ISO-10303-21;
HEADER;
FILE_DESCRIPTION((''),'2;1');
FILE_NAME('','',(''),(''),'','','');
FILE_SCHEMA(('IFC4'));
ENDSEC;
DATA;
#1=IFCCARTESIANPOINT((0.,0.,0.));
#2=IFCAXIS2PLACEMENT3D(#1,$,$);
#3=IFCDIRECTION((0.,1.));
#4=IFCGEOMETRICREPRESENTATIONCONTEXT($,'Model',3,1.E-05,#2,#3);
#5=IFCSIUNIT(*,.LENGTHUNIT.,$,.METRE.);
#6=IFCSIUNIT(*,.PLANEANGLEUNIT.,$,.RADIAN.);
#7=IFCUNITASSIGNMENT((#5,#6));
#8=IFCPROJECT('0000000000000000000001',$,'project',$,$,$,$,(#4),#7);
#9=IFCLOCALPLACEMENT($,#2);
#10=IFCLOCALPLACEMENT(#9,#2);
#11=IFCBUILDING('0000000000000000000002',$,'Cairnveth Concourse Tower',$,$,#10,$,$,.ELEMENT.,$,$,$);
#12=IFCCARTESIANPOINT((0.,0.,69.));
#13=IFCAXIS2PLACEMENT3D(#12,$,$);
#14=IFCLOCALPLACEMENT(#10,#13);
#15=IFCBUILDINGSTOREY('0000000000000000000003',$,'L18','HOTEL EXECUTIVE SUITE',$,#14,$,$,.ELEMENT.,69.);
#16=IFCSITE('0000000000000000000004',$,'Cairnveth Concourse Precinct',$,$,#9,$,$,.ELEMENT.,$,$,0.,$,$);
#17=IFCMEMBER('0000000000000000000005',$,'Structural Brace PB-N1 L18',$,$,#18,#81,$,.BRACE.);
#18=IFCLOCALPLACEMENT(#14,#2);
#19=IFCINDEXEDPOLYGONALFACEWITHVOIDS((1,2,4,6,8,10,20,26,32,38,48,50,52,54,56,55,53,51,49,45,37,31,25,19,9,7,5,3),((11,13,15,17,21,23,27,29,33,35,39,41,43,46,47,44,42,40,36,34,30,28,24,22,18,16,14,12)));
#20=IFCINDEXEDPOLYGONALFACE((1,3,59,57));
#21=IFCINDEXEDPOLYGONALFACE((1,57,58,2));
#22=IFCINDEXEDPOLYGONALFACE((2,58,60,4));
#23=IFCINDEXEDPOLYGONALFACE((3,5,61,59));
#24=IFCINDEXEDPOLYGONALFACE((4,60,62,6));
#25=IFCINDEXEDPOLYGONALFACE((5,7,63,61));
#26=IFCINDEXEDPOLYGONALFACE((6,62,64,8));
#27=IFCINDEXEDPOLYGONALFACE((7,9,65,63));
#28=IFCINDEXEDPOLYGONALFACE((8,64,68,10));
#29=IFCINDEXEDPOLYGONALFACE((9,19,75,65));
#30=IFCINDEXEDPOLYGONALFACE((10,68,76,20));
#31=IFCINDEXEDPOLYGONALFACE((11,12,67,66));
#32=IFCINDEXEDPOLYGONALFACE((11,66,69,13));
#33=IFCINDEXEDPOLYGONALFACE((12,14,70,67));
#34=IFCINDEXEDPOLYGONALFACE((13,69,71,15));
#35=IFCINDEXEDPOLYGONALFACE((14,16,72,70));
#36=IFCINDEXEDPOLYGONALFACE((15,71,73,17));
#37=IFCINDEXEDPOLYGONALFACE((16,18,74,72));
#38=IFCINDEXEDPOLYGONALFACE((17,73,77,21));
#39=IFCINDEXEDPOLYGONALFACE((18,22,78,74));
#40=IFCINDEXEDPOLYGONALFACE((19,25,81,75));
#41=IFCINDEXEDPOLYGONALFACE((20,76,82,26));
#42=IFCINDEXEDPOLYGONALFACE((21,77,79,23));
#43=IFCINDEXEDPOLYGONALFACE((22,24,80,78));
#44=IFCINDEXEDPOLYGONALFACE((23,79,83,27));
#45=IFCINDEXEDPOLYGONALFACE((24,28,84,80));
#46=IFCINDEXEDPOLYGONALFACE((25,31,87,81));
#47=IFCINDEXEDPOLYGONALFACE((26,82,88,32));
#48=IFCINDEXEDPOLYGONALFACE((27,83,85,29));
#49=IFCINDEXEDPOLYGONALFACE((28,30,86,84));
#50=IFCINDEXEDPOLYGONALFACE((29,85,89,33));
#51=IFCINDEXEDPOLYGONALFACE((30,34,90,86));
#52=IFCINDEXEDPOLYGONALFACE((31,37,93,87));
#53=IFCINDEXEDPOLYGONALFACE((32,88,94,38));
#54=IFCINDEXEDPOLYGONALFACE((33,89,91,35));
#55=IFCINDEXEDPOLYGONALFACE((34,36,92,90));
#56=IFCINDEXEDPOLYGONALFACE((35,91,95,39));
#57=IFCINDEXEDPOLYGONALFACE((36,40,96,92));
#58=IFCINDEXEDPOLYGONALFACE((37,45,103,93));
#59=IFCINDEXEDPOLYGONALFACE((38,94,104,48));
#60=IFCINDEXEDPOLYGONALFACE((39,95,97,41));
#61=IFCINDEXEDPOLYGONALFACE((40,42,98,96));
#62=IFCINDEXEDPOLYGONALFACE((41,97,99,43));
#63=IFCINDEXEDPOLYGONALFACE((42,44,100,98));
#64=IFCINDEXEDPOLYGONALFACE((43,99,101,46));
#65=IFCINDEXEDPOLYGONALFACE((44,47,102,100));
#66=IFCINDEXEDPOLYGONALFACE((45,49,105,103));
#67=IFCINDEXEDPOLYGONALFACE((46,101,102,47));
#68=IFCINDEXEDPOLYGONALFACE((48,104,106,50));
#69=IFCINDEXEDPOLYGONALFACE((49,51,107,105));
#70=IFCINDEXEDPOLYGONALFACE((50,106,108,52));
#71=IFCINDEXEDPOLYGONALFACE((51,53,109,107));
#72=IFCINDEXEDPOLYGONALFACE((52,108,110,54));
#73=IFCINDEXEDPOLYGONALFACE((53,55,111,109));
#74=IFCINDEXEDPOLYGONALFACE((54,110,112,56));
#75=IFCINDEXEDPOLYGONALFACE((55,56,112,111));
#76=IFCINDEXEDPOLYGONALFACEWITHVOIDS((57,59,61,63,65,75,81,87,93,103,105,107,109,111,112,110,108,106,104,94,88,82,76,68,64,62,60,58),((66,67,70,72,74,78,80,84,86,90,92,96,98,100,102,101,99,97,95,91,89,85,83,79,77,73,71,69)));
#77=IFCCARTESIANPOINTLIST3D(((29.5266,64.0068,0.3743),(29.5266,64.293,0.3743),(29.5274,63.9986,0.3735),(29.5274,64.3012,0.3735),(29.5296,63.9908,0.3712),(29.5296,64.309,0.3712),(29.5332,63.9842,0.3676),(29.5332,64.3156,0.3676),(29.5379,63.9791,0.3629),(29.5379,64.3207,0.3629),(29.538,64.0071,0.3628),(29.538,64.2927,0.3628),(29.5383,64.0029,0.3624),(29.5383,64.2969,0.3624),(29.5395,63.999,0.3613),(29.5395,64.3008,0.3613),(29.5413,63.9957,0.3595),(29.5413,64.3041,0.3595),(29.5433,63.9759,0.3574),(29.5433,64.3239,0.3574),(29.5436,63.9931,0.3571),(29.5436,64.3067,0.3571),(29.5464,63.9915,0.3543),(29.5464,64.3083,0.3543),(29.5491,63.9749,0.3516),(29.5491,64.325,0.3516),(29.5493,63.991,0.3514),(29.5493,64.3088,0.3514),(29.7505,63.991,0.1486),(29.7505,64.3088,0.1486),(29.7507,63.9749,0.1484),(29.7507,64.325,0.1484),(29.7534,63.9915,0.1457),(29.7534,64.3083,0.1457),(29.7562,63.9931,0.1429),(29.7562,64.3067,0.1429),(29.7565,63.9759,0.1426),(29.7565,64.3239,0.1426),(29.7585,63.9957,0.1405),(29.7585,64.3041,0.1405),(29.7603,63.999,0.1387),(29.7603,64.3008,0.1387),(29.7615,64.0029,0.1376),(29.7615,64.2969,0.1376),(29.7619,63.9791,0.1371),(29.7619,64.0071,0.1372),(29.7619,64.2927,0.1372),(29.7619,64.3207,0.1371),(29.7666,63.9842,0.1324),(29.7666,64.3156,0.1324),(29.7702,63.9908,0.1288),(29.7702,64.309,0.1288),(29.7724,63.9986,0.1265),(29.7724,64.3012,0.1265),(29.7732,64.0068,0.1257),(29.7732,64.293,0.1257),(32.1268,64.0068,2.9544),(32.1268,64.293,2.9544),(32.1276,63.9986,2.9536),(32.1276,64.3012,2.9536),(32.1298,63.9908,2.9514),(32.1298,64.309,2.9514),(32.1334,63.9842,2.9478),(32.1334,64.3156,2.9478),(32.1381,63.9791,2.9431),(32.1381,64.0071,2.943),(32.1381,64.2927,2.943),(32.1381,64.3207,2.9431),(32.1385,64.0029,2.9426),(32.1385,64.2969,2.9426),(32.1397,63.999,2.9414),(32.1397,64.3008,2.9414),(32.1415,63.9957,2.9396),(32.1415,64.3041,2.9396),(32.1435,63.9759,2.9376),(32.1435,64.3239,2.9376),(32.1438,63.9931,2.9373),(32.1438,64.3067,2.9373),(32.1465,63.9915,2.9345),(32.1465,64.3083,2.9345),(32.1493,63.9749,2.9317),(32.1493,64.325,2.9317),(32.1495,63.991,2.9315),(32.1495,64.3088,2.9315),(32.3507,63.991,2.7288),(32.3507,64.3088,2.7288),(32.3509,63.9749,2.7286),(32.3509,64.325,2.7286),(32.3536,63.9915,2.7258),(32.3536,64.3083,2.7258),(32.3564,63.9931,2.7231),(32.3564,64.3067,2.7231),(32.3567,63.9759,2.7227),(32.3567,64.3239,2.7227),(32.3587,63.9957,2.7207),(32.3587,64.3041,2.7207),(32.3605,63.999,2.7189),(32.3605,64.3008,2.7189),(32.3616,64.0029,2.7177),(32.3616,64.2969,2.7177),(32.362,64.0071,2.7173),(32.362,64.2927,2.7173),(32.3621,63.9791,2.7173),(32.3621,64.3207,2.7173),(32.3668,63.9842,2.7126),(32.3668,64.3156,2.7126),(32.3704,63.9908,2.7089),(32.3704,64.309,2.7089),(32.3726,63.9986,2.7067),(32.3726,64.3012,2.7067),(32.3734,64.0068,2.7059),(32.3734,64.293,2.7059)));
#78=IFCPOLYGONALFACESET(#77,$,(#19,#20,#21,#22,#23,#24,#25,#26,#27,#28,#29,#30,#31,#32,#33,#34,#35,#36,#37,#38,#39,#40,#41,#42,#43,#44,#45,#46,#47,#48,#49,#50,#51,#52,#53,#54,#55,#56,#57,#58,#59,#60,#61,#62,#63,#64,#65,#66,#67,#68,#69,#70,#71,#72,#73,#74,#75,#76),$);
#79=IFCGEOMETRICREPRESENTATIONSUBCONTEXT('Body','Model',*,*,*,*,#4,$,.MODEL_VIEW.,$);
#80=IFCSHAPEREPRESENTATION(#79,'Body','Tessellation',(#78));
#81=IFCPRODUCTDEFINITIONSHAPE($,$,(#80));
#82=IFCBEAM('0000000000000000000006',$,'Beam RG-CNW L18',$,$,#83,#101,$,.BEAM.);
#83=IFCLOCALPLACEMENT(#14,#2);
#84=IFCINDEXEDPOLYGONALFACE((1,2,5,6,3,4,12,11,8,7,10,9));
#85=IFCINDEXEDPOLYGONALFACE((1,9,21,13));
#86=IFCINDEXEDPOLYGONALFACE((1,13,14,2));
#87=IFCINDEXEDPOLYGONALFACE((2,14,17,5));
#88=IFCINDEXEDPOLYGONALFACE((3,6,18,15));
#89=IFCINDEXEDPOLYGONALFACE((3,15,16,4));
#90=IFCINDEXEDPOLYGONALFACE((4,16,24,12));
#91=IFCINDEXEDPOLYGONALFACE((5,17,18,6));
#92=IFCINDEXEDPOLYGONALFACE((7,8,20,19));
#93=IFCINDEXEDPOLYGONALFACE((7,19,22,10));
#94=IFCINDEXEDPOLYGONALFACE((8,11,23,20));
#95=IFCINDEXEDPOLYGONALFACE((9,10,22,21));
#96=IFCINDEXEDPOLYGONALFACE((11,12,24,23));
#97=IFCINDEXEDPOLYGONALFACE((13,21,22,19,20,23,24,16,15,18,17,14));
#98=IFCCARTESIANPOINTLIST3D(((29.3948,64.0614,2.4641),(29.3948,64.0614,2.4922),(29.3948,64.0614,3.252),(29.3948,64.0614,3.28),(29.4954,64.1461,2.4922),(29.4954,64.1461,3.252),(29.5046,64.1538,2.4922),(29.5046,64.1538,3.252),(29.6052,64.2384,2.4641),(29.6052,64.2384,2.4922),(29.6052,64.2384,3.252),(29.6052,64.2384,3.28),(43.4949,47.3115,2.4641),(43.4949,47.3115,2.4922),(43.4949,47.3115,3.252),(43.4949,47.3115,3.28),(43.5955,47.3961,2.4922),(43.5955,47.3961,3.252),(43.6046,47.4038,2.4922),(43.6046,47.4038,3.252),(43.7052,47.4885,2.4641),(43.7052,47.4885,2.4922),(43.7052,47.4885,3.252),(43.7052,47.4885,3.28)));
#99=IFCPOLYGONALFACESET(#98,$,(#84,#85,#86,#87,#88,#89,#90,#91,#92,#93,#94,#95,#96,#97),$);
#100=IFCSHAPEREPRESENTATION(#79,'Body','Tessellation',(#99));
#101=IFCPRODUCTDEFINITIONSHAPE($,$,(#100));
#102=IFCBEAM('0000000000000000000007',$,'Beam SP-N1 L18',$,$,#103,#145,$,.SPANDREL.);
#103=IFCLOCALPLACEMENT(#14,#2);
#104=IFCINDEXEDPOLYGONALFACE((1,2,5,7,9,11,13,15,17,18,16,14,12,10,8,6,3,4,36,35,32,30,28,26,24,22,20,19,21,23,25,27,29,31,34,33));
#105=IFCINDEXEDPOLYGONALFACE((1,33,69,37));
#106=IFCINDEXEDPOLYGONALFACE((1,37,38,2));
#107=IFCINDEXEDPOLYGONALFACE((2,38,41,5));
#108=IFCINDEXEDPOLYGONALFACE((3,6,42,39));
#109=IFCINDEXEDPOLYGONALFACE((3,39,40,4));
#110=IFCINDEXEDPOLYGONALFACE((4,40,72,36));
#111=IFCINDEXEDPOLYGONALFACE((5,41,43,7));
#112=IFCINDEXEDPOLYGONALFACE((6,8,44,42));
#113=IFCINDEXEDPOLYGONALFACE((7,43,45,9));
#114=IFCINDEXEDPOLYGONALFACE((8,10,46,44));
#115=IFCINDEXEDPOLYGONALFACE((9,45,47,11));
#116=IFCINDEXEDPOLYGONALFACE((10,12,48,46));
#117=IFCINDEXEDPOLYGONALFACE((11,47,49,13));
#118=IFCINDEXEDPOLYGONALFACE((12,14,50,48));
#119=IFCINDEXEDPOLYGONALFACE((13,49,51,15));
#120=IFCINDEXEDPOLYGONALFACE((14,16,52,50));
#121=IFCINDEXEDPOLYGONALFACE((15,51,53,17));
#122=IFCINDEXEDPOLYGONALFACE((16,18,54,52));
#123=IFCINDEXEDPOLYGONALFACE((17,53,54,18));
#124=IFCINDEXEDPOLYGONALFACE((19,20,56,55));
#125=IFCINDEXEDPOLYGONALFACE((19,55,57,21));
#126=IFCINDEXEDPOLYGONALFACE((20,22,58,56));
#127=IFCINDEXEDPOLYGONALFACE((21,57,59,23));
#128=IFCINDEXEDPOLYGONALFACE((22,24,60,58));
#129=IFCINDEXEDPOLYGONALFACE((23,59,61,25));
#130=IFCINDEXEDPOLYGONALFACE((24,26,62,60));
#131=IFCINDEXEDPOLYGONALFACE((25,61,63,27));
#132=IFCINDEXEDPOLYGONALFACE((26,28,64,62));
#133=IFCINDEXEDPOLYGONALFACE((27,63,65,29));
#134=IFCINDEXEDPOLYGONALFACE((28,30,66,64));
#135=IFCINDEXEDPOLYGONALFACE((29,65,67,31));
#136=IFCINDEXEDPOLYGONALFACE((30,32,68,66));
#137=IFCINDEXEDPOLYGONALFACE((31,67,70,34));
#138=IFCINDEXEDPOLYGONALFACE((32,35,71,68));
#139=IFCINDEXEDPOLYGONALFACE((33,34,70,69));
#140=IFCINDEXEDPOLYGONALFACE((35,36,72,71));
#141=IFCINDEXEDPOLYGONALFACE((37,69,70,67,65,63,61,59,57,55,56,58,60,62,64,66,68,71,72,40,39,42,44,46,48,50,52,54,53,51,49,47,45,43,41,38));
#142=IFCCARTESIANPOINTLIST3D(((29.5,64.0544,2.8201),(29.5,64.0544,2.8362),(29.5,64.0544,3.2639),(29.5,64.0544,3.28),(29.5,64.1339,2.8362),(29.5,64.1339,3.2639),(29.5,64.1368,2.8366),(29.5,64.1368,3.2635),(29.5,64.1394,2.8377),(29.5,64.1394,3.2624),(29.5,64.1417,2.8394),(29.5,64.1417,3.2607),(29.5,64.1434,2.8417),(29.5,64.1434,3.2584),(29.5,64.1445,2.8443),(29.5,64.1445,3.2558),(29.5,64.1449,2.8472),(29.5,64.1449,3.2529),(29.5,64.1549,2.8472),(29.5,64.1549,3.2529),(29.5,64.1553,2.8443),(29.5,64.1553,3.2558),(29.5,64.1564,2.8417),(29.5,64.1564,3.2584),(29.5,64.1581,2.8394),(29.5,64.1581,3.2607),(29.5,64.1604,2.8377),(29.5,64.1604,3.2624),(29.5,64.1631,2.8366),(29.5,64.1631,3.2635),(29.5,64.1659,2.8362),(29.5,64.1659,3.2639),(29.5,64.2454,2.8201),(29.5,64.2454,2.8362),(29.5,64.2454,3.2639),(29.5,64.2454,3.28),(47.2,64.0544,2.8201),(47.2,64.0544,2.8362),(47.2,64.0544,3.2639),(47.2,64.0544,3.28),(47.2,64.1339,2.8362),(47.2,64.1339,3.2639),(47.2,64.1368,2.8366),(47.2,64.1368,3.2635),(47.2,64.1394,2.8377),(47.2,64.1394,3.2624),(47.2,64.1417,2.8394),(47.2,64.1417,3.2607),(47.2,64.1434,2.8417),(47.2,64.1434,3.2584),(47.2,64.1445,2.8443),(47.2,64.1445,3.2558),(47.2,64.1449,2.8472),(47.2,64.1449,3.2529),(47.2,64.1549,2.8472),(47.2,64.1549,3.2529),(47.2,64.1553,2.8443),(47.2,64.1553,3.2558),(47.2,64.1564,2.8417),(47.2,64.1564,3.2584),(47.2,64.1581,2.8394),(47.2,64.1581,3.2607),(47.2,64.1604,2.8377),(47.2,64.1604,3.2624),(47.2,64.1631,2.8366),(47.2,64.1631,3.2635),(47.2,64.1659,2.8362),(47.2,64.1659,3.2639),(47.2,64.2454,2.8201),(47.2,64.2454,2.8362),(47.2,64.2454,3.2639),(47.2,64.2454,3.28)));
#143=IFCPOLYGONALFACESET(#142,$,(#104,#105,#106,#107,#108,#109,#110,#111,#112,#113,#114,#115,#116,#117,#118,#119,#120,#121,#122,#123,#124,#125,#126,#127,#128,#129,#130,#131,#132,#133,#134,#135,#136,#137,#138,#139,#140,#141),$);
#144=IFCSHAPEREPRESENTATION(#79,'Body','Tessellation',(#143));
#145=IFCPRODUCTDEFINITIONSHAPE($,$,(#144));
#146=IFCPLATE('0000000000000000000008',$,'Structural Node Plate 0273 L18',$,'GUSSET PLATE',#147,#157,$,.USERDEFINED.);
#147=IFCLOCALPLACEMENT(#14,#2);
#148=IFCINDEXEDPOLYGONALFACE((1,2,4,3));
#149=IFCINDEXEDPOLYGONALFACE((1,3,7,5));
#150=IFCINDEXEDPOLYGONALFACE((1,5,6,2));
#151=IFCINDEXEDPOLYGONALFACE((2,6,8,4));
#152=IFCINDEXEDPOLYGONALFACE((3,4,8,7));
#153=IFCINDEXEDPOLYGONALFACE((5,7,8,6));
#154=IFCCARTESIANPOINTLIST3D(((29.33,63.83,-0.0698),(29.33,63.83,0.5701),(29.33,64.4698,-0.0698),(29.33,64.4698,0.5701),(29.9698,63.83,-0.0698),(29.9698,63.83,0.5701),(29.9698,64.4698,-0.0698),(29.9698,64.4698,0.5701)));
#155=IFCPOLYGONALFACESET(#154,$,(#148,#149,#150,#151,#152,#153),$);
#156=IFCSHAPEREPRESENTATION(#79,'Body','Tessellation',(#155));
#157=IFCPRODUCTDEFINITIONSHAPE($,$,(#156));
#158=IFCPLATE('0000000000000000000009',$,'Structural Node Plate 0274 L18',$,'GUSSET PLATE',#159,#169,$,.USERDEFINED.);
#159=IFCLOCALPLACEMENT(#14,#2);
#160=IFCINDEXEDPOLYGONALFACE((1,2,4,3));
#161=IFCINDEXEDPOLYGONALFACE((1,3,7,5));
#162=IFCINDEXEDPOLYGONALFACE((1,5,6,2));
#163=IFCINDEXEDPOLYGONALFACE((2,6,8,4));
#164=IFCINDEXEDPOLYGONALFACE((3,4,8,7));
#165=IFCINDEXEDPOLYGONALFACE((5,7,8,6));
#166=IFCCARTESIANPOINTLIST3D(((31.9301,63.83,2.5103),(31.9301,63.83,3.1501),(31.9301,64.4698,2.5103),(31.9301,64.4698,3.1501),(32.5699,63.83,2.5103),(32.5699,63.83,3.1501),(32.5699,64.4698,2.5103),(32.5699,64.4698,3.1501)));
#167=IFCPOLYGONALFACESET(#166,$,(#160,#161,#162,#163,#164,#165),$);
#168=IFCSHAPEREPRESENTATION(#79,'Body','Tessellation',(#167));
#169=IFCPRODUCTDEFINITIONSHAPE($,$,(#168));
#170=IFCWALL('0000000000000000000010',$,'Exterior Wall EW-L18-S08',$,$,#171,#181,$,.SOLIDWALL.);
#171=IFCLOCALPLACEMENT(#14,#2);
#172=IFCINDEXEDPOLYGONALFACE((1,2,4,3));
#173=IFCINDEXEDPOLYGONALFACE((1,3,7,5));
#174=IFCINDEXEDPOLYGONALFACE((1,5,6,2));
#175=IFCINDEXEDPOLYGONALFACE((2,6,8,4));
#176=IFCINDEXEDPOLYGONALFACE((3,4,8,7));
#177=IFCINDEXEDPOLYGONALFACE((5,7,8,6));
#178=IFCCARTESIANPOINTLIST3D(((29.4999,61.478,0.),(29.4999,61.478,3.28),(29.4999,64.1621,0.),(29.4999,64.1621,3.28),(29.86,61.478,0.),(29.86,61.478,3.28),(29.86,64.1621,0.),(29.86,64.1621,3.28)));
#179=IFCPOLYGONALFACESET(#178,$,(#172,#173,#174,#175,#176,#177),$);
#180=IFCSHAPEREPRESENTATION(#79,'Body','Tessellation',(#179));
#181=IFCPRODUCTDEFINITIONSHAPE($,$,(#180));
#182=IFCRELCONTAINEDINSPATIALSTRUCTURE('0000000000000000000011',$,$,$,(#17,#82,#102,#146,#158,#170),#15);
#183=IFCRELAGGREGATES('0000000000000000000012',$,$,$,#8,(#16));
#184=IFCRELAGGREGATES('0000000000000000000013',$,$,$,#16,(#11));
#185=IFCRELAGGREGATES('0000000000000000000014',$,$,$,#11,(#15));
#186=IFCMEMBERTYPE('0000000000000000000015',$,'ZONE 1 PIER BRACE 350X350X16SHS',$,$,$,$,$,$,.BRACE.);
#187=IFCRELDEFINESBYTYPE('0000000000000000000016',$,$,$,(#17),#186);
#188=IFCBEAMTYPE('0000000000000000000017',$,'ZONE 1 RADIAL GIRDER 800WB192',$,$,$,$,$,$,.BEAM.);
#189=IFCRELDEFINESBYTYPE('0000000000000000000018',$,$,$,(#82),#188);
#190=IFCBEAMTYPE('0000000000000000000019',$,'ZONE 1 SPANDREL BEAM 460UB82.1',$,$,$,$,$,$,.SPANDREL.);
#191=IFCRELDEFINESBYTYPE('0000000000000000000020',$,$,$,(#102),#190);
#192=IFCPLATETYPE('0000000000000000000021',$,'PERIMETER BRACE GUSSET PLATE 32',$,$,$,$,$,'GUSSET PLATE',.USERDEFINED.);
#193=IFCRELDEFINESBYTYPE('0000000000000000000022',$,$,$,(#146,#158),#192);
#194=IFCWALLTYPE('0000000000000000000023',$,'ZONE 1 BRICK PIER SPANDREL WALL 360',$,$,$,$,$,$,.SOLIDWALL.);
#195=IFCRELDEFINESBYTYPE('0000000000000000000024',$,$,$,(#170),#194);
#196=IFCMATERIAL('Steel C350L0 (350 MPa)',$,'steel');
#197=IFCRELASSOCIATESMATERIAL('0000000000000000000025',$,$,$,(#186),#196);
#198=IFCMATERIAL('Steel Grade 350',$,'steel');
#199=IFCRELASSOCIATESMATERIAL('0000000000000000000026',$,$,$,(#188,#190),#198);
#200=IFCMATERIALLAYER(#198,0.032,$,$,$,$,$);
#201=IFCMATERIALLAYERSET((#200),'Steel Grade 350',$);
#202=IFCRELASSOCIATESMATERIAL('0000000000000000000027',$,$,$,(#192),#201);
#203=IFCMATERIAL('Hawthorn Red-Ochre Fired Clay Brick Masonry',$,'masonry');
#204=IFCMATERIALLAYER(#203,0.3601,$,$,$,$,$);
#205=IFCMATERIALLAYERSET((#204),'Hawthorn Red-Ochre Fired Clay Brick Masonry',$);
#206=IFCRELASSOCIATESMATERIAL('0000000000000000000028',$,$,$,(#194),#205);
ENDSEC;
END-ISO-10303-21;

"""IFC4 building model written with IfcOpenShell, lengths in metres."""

from ifc_helpers import new_model, si_unit, direction, frame, frame_2d, origin, origin_2d, place, context, subcontext, project, spatial, rectangle, hollow_rectangle, i_section, extrude, material, layer, layer_set, material_profile, profile_set, type_object, element, save


model = new_model("IFC4")

# Units and contexts
model_context = context("Model", 3, precision=1e-05, world=origin(), true_north=direction((0.0, 1.0)))
body_context = subcontext(model_context, "Body", "Model", "MODEL_VIEW")
ifc_project = project(units=[si_unit("LENGTHUNIT", "METRE"), si_unit("PLANEANGLEUNIT", "RADIAN")], contexts=[model_context])

# Site, building, storey
site_placement = place(None, origin())
site = spatial("IfcSite", under=ifc_project, at=site_placement, Name="Cairnveth Concourse Precinct", CompositionType="ELEMENT", RefElevation=0.0)
building_placement = place(site_placement, origin())
building = spatial("IfcBuilding", under=site, at=building_placement, Name="Cairnveth Concourse Tower", CompositionType="ELEMENT")
storey_placement = place(building_placement, frame((0.0, 0.0, 69.0)))
storey = spatial("IfcBuildingStorey", under=building, at=storey_placement, Name="L18", Description="HOTEL EXECUTIVE SUITE", CompositionType="ELEMENT", Elevation=69.0)

# Member
ifc_material_1 = material(Name="Steel C350L0 (350 MPa)", Category="steel")
ifc_material_profile_1 = material_profile(ifc_material_1, hollow_rectangle(XDim=0.3501, YDim=0.3501, WallThickness=0.0161, InnerFilletRadius=0.0161, OuterFilletRadius=0.032, at=origin_2d()), Name="350x350x16.0SHS")
ifc_profile_set_1 = profile_set([ifc_material_profile_1], Name="Steel C350L0 (350 MPa)")
member_type = type_object("IfcMemberType", Name="ZONE 1 PIER BRACE 350X350X16SHS", PredefinedType="BRACE", material=ifc_profile_set_1)
member_placement = place(storey_placement, frame((29.6499, 64.1499, 0.25), z_axis=(0.709834, 0.0, 0.704369), x_axis=(0.0, 1.0, 0.0)))
element("IfcMember", 1, at=member_placement, inside=storey, type_object=member_type, Name="Structural Brace PB-N1 L18", PredefinedType="BRACE", context=body_context, shape_type="SweptSolid", body=[
    extrude(hollow_rectangle(XDim=0.3501, YDim=0.3501, WallThickness=0.0161, InnerFilletRadius=0.0161, OuterFilletRadius=0.032, at=origin_2d()), origin(), (0.0, 0.0, 1.0), 3.6631),
])

# Beams
ifc_material_2 = material(Name="Steel Grade 350", Category="steel")
ifc_material_profile_2 = material_profile(ifc_material_2, i_section(OverallWidth=0.2749, OverallDepth=0.8159, WebThickness=0.012, FlangeThickness=0.0281, at=origin_2d()), Name="800WB192")
ifc_profile_set_2 = profile_set([ifc_material_profile_2], Name="Steel Grade 350")
beam_type_1 = type_object("IfcBeamType", Name="ZONE 1 RADIAL GIRDER 800WB192", PredefinedType="BEAM", material=ifc_profile_set_2)
beam_1_placement = place(storey_placement, frame((29.5, 64.1499, 2.8721), z_axis=(0.643998, -0.765027, 0.0), x_axis=(0.765027, 0.643998, 0.0)))
element("IfcBeam", 2, at=beam_1_placement, inside=storey, type_object=beam_type_1, Name="Beam RG-CNW L18", PredefinedType="BEAM", context=body_context, shape_type="SweptSolid", body=[
    extrude(i_section(OverallWidth=0.2749, OverallDepth=0.8159, WebThickness=0.012, FlangeThickness=0.0281, at=origin_2d()), origin(), (0.0, 0.0, 1.0), 21.8945),
])
ifc_material_profile_3 = material_profile(ifc_material_2, i_section(OverallWidth=0.1909, OverallDepth=0.46, WebThickness=0.01, FlangeThickness=0.0161, FilletRadius=0.011, at=origin_2d()), Name="460UB82.1")
ifc_profile_set_3 = profile_set([ifc_material_profile_3], Name="Steel Grade 350")
beam_type_2 = type_object("IfcBeamType", Name="ZONE 1 SPANDREL BEAM 460UB82.1", PredefinedType="SPANDREL", material=ifc_profile_set_3)
beam_2_placement = place(storey_placement, frame((29.5, 64.1499, 3.05), z_axis=(1.0, 0.0, 0.0), x_axis=(0.0, 1.0, 0.0)))
element("IfcBeam", 3, at=beam_2_placement, inside=storey, type_object=beam_type_2, Name="Beam SP-N1 L18", PredefinedType="SPANDREL", context=body_context, shape_type="SweptSolid", body=[
    extrude(i_section(OverallWidth=0.1909, OverallDepth=0.46, WebThickness=0.01, FlangeThickness=0.0161, FilletRadius=0.011, at=origin_2d()), origin(), (0.0, 0.0, 1.0), 17.7),
])

# Plates
ifc_layer_1 = layer(ifc_material_2, 0.032)
ifc_layer_set_1 = layer_set([ifc_layer_1], Name="Steel Grade 350")
plate_type = type_object("IfcPlateType", Name="PERIMETER BRACE GUSSET PLATE 32", ElementType="GUSSET PLATE", PredefinedType="USERDEFINED", material=ifc_layer_set_1)
for number, where, z_axis, x_axis, name in (
    (4, (29.6499, 64.1499, -0.0698), (0.0, 0.0, 1.0), (1.0, 0.0, 0.0), "Structural Node Plate 0273 L18"),
    (5, (32.25, 64.1499, 2.5103), (0.0, 0.0, 1.0), (1.0, 0.0, 0.0), "Structural Node Plate 0274 L18"),
):
    element("IfcPlate", number, at=place(storey_placement, frame(where, z_axis=z_axis, x_axis=x_axis)), inside=storey, type_object=plate_type, Name=name, ObjectType="GUSSET PLATE", PredefinedType="USERDEFINED", context=body_context, shape_type="SweptSolid", body=[
        extrude(rectangle(XDim=0.6399, YDim=0.6399, at=origin_2d()), origin(), (0.0, 0.0, 1.0), 0.6399),
    ])

# Wall
ifc_material_3 = material(Name="Hawthorn Red-Ochre Fired Clay Brick Masonry", Category="masonry")
ifc_layer_2 = layer(ifc_material_3, 0.3601)
ifc_layer_set_2 = layer_set([ifc_layer_2], Name="Hawthorn Red-Ochre Fired Clay Brick Masonry")
wall_type = type_object("IfcWallType", Name="ZONE 1 BRICK PIER SPANDREL WALL 360", PredefinedType="SOLIDWALL", material=ifc_layer_set_2)
wall_1_placement = place(storey_placement, frame((29.6799, 61.478, 0.0), z_axis=(0.0, 0.0, 1.0), x_axis=(0.0, 1.0, 0.0)))
element("IfcWall", 6, at=wall_1_placement, inside=storey, type_object=wall_type, Name="Exterior Wall EW-L18-S08", PredefinedType="SOLIDWALL", context=body_context, shape_type="SweptSolid", body=[
    extrude(rectangle(XDim=2.6841, YDim=0.3601, at=frame_2d((1.342, 0.0))), origin(), (0.0, 0.0, 1.0), 3.28),
])

save(model, "model.ifc")
